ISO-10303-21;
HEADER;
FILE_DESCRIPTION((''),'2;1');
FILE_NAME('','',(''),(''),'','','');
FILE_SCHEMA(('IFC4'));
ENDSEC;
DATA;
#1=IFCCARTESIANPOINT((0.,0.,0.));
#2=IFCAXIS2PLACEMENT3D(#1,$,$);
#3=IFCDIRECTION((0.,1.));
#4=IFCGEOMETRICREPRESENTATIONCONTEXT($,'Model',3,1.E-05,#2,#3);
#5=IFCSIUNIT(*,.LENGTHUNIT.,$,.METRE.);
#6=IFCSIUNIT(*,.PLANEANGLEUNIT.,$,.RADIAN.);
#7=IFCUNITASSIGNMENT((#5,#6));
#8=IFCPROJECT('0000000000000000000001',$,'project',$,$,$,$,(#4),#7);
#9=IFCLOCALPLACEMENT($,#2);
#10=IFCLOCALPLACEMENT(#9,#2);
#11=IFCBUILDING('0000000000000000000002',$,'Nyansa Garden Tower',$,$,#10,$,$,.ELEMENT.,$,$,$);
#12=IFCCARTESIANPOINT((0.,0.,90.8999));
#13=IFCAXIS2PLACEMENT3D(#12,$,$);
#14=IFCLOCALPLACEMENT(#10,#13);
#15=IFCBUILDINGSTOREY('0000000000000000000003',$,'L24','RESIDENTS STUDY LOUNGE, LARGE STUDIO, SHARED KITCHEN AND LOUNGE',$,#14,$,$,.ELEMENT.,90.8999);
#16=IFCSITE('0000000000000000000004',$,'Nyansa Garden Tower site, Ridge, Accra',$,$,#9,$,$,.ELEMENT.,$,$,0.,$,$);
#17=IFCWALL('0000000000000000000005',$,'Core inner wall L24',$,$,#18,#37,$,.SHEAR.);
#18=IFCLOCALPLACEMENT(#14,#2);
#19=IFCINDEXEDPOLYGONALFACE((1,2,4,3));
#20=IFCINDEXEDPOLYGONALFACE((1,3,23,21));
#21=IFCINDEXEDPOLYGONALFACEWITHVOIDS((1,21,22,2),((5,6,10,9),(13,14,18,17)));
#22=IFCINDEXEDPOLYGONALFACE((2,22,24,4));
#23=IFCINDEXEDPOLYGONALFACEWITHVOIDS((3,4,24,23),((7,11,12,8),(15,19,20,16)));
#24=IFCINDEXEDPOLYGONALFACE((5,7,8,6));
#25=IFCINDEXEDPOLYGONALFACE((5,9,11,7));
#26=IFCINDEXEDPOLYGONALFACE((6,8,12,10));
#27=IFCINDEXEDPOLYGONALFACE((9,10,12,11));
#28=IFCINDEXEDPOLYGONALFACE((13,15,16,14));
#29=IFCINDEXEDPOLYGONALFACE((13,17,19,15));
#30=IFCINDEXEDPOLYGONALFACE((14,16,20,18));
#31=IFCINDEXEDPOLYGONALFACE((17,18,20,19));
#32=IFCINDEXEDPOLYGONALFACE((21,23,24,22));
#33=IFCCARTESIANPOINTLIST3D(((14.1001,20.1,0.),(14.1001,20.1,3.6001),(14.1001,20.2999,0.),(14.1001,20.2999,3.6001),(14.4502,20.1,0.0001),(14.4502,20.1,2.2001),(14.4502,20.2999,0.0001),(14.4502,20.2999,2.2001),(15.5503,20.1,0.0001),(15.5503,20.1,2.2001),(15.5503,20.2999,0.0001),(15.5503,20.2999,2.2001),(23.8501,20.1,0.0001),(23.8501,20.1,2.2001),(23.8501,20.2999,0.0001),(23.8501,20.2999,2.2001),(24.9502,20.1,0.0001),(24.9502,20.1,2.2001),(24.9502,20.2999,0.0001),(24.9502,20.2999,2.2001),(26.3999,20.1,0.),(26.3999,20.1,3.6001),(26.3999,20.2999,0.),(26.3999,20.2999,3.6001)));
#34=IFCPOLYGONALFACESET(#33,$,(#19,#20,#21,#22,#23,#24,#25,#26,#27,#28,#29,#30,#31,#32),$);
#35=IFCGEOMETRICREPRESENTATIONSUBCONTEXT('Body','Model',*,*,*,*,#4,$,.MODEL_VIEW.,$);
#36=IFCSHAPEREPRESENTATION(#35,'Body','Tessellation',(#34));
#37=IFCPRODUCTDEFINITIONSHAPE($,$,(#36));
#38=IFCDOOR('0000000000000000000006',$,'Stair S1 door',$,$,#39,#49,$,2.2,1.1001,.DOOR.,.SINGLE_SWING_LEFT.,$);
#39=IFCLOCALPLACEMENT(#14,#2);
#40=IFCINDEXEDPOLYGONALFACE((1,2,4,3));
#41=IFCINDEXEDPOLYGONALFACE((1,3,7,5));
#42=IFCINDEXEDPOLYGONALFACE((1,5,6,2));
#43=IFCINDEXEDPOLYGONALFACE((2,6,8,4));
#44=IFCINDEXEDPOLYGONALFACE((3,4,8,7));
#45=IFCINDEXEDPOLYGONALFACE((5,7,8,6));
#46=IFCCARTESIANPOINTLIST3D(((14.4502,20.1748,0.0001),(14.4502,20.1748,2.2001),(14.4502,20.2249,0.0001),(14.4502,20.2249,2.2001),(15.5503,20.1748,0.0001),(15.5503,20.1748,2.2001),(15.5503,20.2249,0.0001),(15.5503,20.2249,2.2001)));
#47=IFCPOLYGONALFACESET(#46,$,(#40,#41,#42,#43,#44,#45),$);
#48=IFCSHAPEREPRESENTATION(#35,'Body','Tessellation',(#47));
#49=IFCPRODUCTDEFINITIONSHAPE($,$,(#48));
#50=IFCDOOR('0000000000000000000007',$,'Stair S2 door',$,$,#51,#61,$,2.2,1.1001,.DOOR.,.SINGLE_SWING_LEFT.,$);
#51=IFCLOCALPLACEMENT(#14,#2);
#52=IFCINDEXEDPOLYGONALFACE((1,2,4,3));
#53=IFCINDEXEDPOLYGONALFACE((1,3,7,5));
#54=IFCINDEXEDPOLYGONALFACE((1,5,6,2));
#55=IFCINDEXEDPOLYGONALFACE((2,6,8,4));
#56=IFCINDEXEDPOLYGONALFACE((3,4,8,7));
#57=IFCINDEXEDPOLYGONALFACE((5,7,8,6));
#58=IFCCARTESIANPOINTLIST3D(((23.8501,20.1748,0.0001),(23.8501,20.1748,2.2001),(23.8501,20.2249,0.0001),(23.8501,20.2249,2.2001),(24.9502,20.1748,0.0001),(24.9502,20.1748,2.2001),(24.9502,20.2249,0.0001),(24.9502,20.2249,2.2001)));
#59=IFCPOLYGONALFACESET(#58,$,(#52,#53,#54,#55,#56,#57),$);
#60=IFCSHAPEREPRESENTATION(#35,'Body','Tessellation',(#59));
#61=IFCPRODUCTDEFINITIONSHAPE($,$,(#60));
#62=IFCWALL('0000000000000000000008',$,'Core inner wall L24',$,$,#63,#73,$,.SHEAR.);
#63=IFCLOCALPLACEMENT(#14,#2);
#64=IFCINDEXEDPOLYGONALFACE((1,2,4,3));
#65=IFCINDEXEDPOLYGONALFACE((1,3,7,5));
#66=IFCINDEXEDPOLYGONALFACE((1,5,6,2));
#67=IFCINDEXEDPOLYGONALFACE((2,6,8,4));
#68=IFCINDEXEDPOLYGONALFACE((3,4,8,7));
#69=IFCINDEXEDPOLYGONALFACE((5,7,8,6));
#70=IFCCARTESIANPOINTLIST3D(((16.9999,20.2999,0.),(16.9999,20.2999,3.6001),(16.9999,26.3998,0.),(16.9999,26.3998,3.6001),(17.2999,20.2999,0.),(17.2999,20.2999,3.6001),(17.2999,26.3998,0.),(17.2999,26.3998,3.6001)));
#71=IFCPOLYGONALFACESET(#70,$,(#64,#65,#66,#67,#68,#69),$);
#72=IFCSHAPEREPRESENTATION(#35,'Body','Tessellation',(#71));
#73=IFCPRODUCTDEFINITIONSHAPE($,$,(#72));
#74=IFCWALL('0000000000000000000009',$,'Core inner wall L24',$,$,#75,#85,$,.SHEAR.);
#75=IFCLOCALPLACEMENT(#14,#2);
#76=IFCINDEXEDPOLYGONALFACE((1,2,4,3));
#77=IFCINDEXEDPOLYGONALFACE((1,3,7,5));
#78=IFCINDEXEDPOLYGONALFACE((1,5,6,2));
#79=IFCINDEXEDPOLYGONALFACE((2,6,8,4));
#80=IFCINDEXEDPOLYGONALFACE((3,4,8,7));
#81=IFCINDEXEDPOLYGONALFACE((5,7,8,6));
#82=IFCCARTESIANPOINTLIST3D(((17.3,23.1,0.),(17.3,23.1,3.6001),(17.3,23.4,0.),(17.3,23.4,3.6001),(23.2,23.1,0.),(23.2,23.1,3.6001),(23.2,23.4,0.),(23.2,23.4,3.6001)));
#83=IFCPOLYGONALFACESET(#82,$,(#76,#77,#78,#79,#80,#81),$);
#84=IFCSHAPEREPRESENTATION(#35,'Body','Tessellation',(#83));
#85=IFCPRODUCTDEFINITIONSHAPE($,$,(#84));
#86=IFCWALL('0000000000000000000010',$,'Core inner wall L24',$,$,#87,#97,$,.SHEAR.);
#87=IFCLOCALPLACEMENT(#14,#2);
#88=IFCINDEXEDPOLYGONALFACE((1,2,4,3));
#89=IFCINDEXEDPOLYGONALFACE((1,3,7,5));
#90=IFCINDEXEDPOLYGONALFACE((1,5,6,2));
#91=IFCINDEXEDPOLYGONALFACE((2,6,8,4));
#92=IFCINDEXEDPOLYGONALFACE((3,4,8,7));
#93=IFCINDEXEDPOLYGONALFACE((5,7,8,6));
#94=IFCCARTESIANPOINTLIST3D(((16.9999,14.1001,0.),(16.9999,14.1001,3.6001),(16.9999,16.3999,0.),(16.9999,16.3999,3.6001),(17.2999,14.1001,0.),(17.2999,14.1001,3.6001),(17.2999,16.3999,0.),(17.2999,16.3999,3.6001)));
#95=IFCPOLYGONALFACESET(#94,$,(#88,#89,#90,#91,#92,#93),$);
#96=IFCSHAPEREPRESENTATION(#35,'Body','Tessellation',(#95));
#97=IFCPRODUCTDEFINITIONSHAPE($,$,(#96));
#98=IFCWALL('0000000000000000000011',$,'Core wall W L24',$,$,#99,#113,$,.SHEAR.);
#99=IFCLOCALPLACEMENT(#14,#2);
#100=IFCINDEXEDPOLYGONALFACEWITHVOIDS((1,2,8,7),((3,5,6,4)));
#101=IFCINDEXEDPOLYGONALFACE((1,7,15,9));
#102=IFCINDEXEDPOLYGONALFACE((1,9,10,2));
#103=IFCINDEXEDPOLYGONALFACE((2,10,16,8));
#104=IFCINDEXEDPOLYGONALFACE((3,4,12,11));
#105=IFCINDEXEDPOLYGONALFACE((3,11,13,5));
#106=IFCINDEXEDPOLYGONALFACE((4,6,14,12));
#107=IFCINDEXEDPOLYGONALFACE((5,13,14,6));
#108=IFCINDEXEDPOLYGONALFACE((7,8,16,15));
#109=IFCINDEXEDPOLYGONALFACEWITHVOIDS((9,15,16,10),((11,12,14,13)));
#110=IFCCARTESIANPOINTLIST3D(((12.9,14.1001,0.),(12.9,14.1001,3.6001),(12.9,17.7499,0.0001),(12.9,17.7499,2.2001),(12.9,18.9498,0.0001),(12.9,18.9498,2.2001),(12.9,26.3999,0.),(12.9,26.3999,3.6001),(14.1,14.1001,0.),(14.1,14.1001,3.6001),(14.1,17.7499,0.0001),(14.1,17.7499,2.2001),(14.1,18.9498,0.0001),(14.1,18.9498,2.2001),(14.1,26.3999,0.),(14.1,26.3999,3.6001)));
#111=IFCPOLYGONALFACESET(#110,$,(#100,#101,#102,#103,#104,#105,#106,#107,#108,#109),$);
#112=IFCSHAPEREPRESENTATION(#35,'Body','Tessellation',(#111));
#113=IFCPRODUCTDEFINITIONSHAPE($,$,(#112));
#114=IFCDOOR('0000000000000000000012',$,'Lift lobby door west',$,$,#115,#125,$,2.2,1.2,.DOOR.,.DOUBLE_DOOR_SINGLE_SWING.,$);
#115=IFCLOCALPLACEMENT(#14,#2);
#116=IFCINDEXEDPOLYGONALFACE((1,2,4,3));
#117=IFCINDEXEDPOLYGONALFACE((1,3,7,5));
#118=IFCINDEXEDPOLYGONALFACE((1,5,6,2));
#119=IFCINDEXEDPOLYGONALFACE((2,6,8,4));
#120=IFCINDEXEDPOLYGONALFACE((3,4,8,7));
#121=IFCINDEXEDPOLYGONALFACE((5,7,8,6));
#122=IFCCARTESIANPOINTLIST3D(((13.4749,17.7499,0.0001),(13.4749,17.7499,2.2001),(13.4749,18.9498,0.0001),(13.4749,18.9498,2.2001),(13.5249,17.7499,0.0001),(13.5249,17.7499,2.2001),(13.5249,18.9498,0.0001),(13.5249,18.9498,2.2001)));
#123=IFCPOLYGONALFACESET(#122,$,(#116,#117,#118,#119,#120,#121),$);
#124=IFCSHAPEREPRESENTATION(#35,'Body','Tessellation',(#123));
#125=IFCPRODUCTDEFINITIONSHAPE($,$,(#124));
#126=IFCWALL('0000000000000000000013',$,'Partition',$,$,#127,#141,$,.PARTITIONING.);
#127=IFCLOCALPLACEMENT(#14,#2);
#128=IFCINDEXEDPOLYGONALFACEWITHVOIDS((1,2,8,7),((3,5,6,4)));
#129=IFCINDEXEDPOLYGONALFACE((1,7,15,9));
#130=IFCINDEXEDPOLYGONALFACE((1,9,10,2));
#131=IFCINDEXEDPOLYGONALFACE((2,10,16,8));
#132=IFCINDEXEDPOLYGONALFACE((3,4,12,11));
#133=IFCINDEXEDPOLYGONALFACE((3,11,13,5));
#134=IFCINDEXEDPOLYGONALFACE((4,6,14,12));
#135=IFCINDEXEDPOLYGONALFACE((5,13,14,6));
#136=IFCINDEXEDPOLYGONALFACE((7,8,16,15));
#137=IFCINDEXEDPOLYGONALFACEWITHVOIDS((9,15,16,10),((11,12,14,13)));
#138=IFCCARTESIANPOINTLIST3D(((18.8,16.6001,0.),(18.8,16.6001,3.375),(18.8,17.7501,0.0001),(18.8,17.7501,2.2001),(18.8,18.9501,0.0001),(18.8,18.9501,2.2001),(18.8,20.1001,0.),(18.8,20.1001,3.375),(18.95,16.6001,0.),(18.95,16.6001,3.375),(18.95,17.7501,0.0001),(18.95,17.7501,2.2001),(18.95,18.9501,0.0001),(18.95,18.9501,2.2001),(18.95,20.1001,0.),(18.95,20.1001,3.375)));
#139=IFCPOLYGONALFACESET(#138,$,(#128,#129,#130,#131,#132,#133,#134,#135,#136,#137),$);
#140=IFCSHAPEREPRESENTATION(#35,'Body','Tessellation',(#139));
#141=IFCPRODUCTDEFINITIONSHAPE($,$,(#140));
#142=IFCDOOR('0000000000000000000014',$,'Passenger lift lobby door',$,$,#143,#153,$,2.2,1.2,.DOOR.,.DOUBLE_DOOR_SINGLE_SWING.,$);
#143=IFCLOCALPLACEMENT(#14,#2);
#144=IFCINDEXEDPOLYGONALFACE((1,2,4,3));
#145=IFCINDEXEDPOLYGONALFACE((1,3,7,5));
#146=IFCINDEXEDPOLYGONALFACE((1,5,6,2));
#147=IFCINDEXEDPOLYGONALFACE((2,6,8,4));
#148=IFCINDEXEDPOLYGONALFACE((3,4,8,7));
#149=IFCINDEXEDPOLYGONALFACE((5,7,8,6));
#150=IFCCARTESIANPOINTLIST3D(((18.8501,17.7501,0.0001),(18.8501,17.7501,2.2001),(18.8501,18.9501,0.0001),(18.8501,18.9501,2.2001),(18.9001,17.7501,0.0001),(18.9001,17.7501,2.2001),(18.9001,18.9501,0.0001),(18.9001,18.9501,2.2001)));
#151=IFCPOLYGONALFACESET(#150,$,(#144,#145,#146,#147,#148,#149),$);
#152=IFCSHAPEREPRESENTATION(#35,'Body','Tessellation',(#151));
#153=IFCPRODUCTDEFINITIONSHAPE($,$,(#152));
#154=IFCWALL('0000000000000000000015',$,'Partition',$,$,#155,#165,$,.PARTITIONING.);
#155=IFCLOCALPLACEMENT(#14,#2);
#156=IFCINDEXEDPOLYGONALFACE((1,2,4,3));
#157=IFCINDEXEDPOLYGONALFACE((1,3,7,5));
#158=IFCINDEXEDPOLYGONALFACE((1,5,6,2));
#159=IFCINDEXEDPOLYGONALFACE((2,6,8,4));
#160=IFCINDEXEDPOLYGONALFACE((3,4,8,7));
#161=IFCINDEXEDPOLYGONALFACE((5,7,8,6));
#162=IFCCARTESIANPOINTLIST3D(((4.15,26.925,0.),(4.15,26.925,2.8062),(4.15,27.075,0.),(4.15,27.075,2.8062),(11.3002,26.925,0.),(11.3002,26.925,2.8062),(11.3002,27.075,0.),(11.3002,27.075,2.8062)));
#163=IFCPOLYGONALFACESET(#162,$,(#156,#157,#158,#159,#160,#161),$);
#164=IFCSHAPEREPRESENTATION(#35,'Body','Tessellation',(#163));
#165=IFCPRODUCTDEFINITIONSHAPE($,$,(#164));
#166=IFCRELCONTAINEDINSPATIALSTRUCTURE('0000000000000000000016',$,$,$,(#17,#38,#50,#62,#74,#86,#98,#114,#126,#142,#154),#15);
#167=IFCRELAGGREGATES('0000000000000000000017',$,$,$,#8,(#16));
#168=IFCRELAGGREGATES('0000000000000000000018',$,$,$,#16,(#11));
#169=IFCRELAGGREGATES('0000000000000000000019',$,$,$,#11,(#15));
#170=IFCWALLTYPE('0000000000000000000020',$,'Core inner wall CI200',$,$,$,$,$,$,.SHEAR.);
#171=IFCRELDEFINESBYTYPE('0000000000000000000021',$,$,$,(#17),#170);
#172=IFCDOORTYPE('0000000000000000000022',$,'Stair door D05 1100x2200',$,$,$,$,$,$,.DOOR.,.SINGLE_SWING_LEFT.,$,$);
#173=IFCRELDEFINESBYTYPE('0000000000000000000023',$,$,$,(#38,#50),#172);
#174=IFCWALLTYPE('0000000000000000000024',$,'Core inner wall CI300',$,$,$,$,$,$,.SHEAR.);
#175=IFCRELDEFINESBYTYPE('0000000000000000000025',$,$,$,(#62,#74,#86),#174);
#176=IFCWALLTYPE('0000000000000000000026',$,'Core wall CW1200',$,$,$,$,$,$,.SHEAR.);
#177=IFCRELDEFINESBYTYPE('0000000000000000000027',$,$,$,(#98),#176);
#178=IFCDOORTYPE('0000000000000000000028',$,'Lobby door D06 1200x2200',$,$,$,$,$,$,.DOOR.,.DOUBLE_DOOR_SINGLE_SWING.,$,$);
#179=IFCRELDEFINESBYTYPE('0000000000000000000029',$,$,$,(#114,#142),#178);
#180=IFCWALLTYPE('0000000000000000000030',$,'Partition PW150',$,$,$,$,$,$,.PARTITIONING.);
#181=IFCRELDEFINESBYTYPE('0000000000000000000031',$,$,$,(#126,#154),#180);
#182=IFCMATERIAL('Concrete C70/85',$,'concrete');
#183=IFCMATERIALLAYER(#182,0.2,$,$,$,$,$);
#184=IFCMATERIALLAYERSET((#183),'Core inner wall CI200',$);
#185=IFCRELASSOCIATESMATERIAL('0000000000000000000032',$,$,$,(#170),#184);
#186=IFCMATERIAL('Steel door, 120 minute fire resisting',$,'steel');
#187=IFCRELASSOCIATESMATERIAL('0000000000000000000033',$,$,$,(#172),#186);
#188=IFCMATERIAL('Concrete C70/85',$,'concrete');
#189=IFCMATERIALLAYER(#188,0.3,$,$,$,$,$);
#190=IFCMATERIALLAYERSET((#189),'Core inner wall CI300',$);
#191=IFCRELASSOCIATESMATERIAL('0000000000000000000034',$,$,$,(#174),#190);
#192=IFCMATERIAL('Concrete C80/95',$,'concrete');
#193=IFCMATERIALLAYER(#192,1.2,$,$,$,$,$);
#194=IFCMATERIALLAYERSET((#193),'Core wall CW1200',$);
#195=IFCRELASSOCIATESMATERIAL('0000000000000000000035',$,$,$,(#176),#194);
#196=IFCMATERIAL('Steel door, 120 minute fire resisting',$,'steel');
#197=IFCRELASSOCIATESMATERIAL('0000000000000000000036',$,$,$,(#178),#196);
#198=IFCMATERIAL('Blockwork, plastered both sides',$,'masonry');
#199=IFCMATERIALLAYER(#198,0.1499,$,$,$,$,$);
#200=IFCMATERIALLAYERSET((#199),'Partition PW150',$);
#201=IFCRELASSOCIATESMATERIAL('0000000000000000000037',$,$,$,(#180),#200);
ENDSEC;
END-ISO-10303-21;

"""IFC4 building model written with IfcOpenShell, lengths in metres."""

from ifc_helpers import new_model, si_unit, direction, frame, frame_2d, origin, place, context, subcontext, project, spatial, rectangle, extrude, material, layer, layer_set, type_object, element, fill, save


model = new_model("IFC4")

# Units and contexts
model_context = context("Model", 3, precision=1e-05, world=origin(), true_north=direction((0.0, 1.0)))
body_context = subcontext(model_context, "Body", "Model", "MODEL_VIEW")
ifc_project = project(units=[si_unit("LENGTHUNIT", "METRE"), si_unit("PLANEANGLEUNIT", "RADIAN")], contexts=[model_context])

# Site, building, storey
site_placement = place(None, origin())
site = spatial("IfcSite", under=ifc_project, at=site_placement, Name="Nyansa Garden Tower site, Ridge, Accra", CompositionType="ELEMENT", RefElevation=0.0)
building_placement = place(site_placement, origin())
building = spatial("IfcBuilding", under=site, at=building_placement, Name="Nyansa Garden Tower", CompositionType="ELEMENT")
storey_placement = place(building_placement, frame((0.0, 0.0, 90.8999)))
storey = spatial("IfcBuildingStorey", under=building, at=storey_placement, Name="L24", Description="RESIDENTS STUDY LOUNGE, LARGE STUDIO, SHARED KITCHEN AND LOUNGE", CompositionType="ELEMENT", Elevation=90.8999)

# Wall, openings, doors
ifc_material_1 = material(Name="Concrete C70/85", Category="concrete")
ifc_layer_1 = layer(ifc_material_1, 0.2)
ifc_layer_set_1 = layer_set([ifc_layer_1], Name="Core inner wall CI200")
wall_type_1 = type_object("IfcWallType", Name="Core inner wall CI200", PredefinedType="SHEAR", material=ifc_layer_set_1)
wall_1_placement = place(storey_placement, frame((14.1001, 20.2, 0.0), z_axis=(0.0, 0.0, 1.0), x_axis=(1.0, 0.0, 0.0)))
wall_1 = element("IfcWall", 1, at=wall_1_placement, inside=storey, type_object=wall_type_1, Name="Core inner wall L24", PredefinedType="SHEAR", context=body_context, shape_type="SweptSolid", body=[
    extrude(rectangle(XDim=12.2998, YDim=0.2, at=frame_2d((6.1499, 0.0))), origin(), (0.0, 0.0, 1.0), 3.6001),
])
opening_1_placement = place(wall_1_placement, frame((0.3501, 0.0, 0.0)))
opening_1 = element("IfcOpeningElement", 2, at=opening_1_placement, cuts=wall_1, PredefinedType="OPENING", context=body_context, shape_type="SweptSolid", body=[
    extrude(rectangle(XDim=1.1001, YDim=2.2, at=frame_2d((0.55, 1.1001))), frame((0.0, 0.1099, 0.0), z_axis=(0.0, -1.0, 0.0), x_axis=(1.0, 0.0, 0.0)), (0.0, 0.0, 1.0), 0.22),
])
opening_2_placement = place(wall_1_placement, frame((9.75, 0.0, 0.0)))
opening_2 = element("IfcOpeningElement", 3, at=opening_2_placement, cuts=wall_1, PredefinedType="OPENING", context=body_context, shape_type="SweptSolid", body=[
    extrude(rectangle(XDim=1.1001, YDim=2.2, at=frame_2d((0.55, 1.1001))), frame((0.0, 0.1099, 0.0), z_axis=(0.0, -1.0, 0.0), x_axis=(1.0, 0.0, 0.0)), (0.0, 0.0, 1.0), 0.22),
])
ifc_material_2 = material(Name="Steel door, 120 minute fire resisting", Category="steel")
door_type_1 = type_object("IfcDoorType", Name="Stair door D05 1100x2200", OperationType="SINGLE_SWING_LEFT", PredefinedType="DOOR", material=ifc_material_2)
door_1_placement = place(opening_1_placement, origin())
door_1 = element("IfcDoor", 4, at=door_1_placement, inside=storey, type_object=door_type_1, Name="Stair S1 door", OperationType="SINGLE_SWING_LEFT", OverallHeight=2.2, OverallWidth=1.1001, PredefinedType="DOOR", context=body_context, shape_type="SweptSolid", body=[
    extrude(rectangle(XDim=1.1001, YDim=2.2, at=frame_2d((0.55, 1.1001))), frame((0.0, 0.0249, 0.0), z_axis=(0.0, -1.0, 0.0), x_axis=(1.0, 0.0, 0.0)), (0.0, 0.0, 1.0), 0.05),
])
fill(opening_1, door_1)
door_2_placement = place(opening_2_placement, origin())
door_2 = element("IfcDoor", 5, at=door_2_placement, inside=storey, type_object=door_type_1, Name="Stair S2 door", OperationType="SINGLE_SWING_LEFT", OverallHeight=2.2, OverallWidth=1.1001, PredefinedType="DOOR", context=body_context, shape_type="SweptSolid", body=[
    extrude(rectangle(XDim=1.1001, YDim=2.2, at=frame_2d((0.55, 1.1001))), frame((0.0, 0.0249, 0.0), z_axis=(0.0, -1.0, 0.0), x_axis=(1.0, 0.0, 0.0)), (0.0, 0.0, 1.0), 0.05),
])
fill(opening_2, door_2)

# Walls
ifc_material_3 = material(Name="Concrete C70/85", Category="concrete")
ifc_layer_2 = layer(ifc_material_3, 0.3)
ifc_layer_set_2 = layer_set([ifc_layer_2], Name="Core inner wall CI300")
wall_type_2 = type_object("IfcWallType", Name="Core inner wall CI300", PredefinedType="SHEAR", material=ifc_layer_set_2)
wall_2_placement = place(storey_placement, frame((17.1499, 20.3, 0.0), z_axis=(0.0, 0.0, 1.0), x_axis=(0.0, 1.0, 0.0)))
element("IfcWall", 6, at=wall_2_placement, inside=storey, type_object=wall_type_2, Name="Core inner wall L24", PredefinedType="SHEAR", context=body_context, shape_type="SweptSolid", body=[
    extrude(rectangle(XDim=6.0999, YDim=0.3, at=frame_2d((3.0498, 0.0))), origin(), (0.0, 0.0, 1.0), 3.6001),
])
wall_3_placement = place(storey_placement, frame((17.3, 23.25, 0.0), z_axis=(0.0, 0.0, 1.0), x_axis=(1.0, 0.0, 0.0)))
element("IfcWall", 7, at=wall_3_placement, inside=storey, type_object=wall_type_2, Name="Core inner wall L24", PredefinedType="SHEAR", context=body_context, shape_type="SweptSolid", body=[
    extrude(rectangle(XDim=5.8999, YDim=0.3, at=frame_2d((2.95, 0.0))), origin(), (0.0, 0.0, 1.0), 3.6001),
])
wall_4_placement = place(storey_placement, frame((17.1499, 14.1001, 0.0), z_axis=(0.0, 0.0, 1.0), x_axis=(0.0, 1.0, 0.0)))
element("IfcWall", 8, at=wall_4_placement, inside=storey, type_object=wall_type_2, Name="Core inner wall L24", PredefinedType="SHEAR", context=body_context, shape_type="SweptSolid", body=[
    extrude(rectangle(XDim=2.2998, YDim=0.3, at=frame_2d((1.1499, 0.0))), origin(), (0.0, 0.0, 1.0), 3.6001),
])

# Walls, openings, doors
ifc_material_4 = material(Name="Concrete C80/95", Category="concrete")
ifc_layer_3 = layer(ifc_material_4, 1.2)
ifc_layer_set_3 = layer_set([ifc_layer_3], Name="Core wall CW1200")
wall_type_3 = type_object("IfcWallType", Name="Core wall CW1200", PredefinedType="SHEAR", material=ifc_layer_set_3)
wall_5_placement = place(storey_placement, frame((13.5, 26.3999, 0.0), z_axis=(0.0, 0.0, 1.0), x_axis=(0.0, -1.0, 0.0)))
wall_5 = element("IfcWall", 9, at=wall_5_placement, inside=storey, type_object=wall_type_3, Name="Core wall W L24", PredefinedType="SHEAR", context=body_context, shape_type="SweptSolid", body=[
    extrude(rectangle(XDim=12.2998, YDim=1.2, at=frame_2d((6.1499, 0.0))), origin(), (0.0, 0.0, 1.0), 3.6001),
])
opening_3_placement = place(wall_5_placement, frame((7.45, 0.0, 0.0)))
opening_3 = element("IfcOpeningElement", 10, at=opening_3_placement, cuts=wall_5, PredefinedType="OPENING", context=body_context, shape_type="SweptSolid", body=[
    extrude(rectangle(XDim=1.2, YDim=2.2, at=frame_2d((0.6001, 1.1001))), frame((0.0, 0.6099, 0.0), z_axis=(0.0, -1.0, 0.0), x_axis=(1.0, 0.0, 0.0)), (0.0, 0.0, 1.0), 1.22),
])
ifc_material_5 = material(Name="Steel door, 120 minute fire resisting", Category="steel")
door_type_2 = type_object("IfcDoorType", Name="Lobby door D06 1200x2200", OperationType="DOUBLE_DOOR_SINGLE_SWING", PredefinedType="DOOR", material=ifc_material_5)
door_3_placement = place(opening_3_placement, origin())
door_3 = element("IfcDoor", 11, at=door_3_placement, inside=storey, type_object=door_type_2, Name="Lift lobby door west", OperationType="DOUBLE_DOOR_SINGLE_SWING", OverallHeight=2.2, OverallWidth=1.2, PredefinedType="DOOR", context=body_context, shape_type="SweptSolid", body=[
    extrude(rectangle(XDim=1.2, YDim=2.2, at=frame_2d((0.6001, 1.1001))), frame((0.0, 0.0249, 0.0), z_axis=(0.0, -1.0, 0.0), x_axis=(1.0, 0.0, 0.0)), (0.0, 0.0, 1.0), 0.05),
])
fill(opening_3, door_3)
ifc_material_6 = material(Name="Blockwork, plastered both sides", Category="masonry")
ifc_layer_4 = layer(ifc_material_6, 0.1499)
ifc_layer_set_4 = layer_set([ifc_layer_4], Name="Partition PW150")
wall_type_4 = type_object("IfcWallType", Name="Partition PW150", PredefinedType="PARTITIONING", material=ifc_layer_set_4)
wall_6_placement = place(storey_placement, frame((18.875, 16.6001, 0.0), z_axis=(0.0, 0.0, 1.0), x_axis=(0.0, 1.0, 0.0)))
wall_6 = element("IfcWall", 12, at=wall_6_placement, inside=storey, type_object=wall_type_4, Name="Partition", PredefinedType="PARTITIONING", context=body_context, shape_type="SweptSolid", body=[
    extrude(rectangle(XDim=3.5, YDim=0.1499, at=frame_2d((1.75, 0.0))), origin(), (0.0, 0.0, 1.0), 3.375),
])
opening_4_placement = place(wall_6_placement, frame((1.1499, 0.0, 0.0)))
opening_4 = element("IfcOpeningElement", 13, at=opening_4_placement, cuts=wall_6, PredefinedType="OPENING", context=body_context, shape_type="SweptSolid", body=[
    extrude(rectangle(XDim=1.2, YDim=2.2, at=frame_2d((0.6001, 1.1001))), frame((0.0, 0.085, 0.0), z_axis=(0.0, -1.0, 0.0), x_axis=(1.0, 0.0, 0.0)), (0.0, 0.0, 1.0), 0.1699),
])
door_4_placement = place(opening_4_placement, origin())
door_4 = element("IfcDoor", 14, at=door_4_placement, inside=storey, type_object=door_type_2, Name="Passenger lift lobby door", OperationType="DOUBLE_DOOR_SINGLE_SWING", OverallHeight=2.2, OverallWidth=1.2, PredefinedType="DOOR", context=body_context, shape_type="SweptSolid", body=[
    extrude(rectangle(XDim=1.2, YDim=2.2, at=frame_2d((0.6001, 1.1001))), frame((0.0, 0.0249, 0.0), z_axis=(0.0, -1.0, 0.0), x_axis=(1.0, 0.0, 0.0)), (0.0, 0.0, 1.0), 0.05),
])
fill(opening_4, door_4)

# Wall
wall_7_placement = place(storey_placement, frame((4.1499, 27.0, 0.0), z_axis=(0.0, 0.0, 1.0), x_axis=(1.0, 0.0, 0.0)))
element("IfcWall", 15, at=wall_7_placement, inside=storey, type_object=wall_type_4, Name="Partition", PredefinedType="PARTITIONING", context=body_context, shape_type="SweptSolid", body=[
    extrude(rectangle(XDim=7.1501, YDim=0.1499, at=frame_2d((3.5752, 0.0))), origin(), (0.0, 0.0, 1.0), 2.8062),
])

save(model, "model.ifc")
